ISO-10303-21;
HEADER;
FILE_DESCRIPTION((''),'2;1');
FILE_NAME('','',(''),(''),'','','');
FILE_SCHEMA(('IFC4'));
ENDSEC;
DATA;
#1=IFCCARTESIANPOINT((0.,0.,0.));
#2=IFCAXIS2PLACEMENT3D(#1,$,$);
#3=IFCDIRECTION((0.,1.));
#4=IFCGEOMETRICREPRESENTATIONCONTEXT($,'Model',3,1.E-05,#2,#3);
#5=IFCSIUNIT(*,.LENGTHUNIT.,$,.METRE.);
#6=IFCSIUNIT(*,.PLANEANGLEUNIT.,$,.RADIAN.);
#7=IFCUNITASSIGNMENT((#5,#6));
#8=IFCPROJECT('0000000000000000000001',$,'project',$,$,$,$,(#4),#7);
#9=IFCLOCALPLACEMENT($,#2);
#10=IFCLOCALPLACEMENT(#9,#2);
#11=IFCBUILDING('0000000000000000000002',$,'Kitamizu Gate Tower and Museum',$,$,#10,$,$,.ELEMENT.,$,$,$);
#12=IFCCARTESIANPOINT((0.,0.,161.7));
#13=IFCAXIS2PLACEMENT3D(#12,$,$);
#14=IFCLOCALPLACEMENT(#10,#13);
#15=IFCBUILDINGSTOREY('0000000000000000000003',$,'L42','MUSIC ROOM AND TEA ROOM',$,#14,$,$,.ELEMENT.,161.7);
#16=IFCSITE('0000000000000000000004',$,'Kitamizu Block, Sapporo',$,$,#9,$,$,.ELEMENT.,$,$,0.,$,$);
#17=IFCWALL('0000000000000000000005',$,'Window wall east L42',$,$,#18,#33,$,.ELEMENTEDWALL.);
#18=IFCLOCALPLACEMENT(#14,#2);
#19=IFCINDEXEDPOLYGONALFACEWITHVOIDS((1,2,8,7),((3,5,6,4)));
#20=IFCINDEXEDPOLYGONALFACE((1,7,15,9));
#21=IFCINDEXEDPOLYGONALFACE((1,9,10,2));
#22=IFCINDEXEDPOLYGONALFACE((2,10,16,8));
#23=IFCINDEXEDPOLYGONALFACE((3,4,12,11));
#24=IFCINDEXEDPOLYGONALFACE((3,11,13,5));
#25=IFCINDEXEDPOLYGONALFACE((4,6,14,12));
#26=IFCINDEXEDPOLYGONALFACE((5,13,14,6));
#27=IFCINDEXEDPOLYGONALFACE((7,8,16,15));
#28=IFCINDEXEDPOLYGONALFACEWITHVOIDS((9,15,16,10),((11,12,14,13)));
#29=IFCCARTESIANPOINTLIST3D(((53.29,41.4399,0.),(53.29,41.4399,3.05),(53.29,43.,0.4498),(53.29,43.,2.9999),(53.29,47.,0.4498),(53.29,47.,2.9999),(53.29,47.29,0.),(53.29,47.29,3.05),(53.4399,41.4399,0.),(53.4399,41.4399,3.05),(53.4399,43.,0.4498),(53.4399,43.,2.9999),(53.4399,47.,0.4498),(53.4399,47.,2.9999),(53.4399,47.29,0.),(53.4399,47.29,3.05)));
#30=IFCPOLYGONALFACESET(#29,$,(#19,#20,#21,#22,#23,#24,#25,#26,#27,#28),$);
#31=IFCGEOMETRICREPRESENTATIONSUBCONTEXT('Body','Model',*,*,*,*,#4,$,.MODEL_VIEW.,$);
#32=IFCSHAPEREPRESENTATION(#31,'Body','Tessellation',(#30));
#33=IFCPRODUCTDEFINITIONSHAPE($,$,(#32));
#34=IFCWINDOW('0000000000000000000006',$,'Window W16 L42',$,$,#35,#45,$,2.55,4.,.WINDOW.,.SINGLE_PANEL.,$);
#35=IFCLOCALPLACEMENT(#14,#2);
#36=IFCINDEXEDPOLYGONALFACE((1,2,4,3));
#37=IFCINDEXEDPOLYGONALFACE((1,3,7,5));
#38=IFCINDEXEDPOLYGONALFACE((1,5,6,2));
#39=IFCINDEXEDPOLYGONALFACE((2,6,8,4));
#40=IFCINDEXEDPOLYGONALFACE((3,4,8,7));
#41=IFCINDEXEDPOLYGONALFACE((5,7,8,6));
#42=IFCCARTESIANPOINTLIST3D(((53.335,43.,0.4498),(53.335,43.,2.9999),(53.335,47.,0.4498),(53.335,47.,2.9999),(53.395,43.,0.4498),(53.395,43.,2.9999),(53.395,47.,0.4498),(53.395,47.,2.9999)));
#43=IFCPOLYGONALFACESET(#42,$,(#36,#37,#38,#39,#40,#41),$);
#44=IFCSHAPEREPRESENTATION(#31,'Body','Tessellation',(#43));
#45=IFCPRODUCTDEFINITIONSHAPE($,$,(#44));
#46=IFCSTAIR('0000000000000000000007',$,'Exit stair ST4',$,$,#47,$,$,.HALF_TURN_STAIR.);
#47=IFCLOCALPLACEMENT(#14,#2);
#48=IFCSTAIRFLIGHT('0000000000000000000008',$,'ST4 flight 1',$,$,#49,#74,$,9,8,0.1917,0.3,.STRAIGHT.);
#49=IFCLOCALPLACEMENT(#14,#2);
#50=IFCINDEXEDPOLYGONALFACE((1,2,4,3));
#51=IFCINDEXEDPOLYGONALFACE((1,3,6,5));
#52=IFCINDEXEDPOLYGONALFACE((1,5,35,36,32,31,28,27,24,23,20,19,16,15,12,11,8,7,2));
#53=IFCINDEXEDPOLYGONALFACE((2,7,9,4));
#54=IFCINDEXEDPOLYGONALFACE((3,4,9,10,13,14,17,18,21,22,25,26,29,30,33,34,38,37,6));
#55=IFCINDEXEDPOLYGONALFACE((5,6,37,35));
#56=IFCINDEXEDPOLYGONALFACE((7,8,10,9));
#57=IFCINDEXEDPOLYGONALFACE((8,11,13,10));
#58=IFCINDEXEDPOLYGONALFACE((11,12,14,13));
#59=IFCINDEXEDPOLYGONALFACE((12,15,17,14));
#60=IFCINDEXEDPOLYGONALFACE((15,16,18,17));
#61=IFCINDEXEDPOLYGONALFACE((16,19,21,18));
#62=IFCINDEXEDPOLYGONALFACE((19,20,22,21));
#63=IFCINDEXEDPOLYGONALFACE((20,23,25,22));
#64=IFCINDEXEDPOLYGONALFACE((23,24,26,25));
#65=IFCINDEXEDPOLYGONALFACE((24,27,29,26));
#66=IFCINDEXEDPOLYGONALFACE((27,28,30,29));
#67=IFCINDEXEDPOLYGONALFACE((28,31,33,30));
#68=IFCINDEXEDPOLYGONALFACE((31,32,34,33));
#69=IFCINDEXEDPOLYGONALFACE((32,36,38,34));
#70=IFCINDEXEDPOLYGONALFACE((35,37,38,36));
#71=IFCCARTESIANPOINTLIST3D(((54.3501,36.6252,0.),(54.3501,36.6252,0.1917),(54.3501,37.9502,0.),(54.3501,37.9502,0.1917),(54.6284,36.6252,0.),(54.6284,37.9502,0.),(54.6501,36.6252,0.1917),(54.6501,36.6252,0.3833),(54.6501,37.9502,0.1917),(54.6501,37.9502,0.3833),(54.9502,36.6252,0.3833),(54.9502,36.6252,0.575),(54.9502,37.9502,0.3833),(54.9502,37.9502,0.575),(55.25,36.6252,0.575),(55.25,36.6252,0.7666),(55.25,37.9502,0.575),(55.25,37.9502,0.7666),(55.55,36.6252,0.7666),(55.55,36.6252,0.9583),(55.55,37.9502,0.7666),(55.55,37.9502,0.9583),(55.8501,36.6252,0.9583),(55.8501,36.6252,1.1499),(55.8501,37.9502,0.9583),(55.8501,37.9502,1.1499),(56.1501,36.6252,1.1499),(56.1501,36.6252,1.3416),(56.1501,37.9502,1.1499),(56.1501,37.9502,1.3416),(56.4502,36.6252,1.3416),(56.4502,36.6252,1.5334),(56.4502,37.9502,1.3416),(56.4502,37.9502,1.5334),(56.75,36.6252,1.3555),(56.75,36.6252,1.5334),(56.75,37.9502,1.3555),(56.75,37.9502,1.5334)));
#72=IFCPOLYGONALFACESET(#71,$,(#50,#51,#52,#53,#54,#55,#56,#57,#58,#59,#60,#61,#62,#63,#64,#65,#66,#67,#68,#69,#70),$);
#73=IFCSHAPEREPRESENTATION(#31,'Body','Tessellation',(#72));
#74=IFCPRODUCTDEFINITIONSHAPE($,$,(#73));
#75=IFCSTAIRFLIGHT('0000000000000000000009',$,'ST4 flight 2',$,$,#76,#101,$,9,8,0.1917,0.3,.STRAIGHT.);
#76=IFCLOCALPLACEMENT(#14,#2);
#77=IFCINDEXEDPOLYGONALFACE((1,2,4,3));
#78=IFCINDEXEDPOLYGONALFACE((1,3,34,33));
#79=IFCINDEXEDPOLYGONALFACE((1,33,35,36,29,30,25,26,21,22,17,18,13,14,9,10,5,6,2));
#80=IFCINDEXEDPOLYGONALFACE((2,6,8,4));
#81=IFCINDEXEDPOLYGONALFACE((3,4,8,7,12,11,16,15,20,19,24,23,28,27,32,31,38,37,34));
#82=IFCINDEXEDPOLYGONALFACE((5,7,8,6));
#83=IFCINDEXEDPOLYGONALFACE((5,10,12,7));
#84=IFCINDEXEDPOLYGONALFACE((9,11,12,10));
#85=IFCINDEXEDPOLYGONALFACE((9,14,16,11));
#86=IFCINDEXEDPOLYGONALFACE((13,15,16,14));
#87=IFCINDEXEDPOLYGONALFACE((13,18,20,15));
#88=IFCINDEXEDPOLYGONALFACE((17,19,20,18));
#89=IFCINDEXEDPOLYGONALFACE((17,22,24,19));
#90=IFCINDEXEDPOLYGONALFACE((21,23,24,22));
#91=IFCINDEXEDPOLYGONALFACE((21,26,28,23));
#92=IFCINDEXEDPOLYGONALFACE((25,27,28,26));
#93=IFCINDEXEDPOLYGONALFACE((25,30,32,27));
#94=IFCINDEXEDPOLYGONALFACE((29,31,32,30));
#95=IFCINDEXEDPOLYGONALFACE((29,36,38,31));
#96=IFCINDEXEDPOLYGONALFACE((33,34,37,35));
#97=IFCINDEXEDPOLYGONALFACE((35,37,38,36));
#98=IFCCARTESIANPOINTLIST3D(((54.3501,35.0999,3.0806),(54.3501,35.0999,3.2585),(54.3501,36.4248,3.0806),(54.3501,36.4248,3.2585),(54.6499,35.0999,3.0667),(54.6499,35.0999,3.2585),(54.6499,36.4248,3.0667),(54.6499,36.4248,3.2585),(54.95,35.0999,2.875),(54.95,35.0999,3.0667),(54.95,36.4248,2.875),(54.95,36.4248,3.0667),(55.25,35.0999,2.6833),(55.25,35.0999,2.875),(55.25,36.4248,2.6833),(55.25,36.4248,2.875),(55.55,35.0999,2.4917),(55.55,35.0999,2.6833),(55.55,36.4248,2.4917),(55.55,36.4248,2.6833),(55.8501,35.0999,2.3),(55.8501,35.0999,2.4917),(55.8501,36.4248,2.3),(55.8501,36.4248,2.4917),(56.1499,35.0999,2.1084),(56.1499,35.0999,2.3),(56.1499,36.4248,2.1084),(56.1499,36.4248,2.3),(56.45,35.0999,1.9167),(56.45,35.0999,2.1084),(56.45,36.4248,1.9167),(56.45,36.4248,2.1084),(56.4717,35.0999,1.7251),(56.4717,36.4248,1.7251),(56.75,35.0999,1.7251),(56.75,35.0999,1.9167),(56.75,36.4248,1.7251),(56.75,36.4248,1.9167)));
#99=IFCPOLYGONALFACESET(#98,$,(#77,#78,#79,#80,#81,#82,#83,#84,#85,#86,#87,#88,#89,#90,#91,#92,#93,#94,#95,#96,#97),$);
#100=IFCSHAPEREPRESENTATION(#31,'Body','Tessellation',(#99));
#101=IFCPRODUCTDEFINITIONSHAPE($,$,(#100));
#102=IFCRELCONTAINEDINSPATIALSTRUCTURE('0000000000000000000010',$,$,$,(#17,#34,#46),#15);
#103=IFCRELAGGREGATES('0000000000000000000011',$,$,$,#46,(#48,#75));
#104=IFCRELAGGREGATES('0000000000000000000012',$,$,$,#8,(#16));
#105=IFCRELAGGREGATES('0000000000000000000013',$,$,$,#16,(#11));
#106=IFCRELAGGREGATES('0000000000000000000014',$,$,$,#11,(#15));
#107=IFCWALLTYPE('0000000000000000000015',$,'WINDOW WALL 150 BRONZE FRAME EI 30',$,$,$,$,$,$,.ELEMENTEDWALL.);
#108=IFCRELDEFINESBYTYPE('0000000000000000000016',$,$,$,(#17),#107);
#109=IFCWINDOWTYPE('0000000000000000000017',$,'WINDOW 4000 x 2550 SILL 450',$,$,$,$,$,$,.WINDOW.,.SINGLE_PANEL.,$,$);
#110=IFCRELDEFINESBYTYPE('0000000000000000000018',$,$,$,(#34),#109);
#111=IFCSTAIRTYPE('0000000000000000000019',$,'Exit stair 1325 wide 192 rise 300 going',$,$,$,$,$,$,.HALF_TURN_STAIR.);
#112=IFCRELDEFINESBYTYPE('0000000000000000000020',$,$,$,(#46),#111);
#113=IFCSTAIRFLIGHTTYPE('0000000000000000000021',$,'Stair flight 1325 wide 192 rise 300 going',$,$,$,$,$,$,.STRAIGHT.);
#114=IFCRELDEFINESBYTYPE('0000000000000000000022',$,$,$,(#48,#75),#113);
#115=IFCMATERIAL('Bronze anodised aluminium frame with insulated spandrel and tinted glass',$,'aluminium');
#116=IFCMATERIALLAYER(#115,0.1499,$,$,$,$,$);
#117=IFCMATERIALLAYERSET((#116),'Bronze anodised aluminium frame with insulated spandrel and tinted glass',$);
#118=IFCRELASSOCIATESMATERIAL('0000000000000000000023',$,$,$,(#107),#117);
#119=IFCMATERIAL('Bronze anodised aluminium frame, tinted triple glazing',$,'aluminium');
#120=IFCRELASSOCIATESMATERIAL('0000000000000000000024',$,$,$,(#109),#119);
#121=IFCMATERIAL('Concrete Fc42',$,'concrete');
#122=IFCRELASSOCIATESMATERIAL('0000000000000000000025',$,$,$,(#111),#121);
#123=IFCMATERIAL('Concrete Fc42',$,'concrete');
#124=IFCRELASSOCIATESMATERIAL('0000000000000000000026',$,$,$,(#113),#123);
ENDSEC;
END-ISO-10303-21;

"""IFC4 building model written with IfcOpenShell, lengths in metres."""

from ifc_helpers import new_model, si_unit, direction, frame, frame_2d, origin, place, context, subcontext, project, spatial, polyline, rectangle, outline, extrude, material, layer, layer_set, type_object, element, fill, aggregate, save


model = new_model("IFC4")

# Units and contexts
model_context = context("Model", 3, precision=1e-05, world=origin(), true_north=direction((0.0, 1.0)))
body_context = subcontext(model_context, "Body", "Model", "MODEL_VIEW")
ifc_project = project(units=[si_unit("LENGTHUNIT", "METRE"), si_unit("PLANEANGLEUNIT", "RADIAN")], contexts=[model_context])

# Site, building, storey
site_placement = place(None, origin())
site = spatial("IfcSite", under=ifc_project, at=site_placement, Name="Kitamizu Block, Sapporo", CompositionType="ELEMENT", RefElevation=0.0)
building_placement = place(site_placement, origin())
building = spatial("IfcBuilding", under=site, at=building_placement, Name="Kitamizu Gate Tower and Museum", CompositionType="ELEMENT")
storey_placement = place(building_placement, frame((0.0, 0.0, 161.7)))
storey = spatial("IfcBuildingStorey", under=building, at=storey_placement, Name="L42", Description="MUSIC ROOM AND TEA ROOM", CompositionType="ELEMENT", Elevation=161.7)

# Shared definitions
ifc_material_1 = material(Name="Bronze anodised aluminium frame with insulated spandrel and tinted glass", Category="aluminium")
ifc_layer_1 = layer(ifc_material_1, 0.1499)
ifc_layer_set_1 = layer_set([ifc_layer_1], Name="Bronze anodised aluminium frame with insulated spandrel and tinted glass")
wall_type_1 = type_object("IfcWallType", Name="WINDOW WALL 150 BRONZE FRAME EI 30", PredefinedType="ELEMENTEDWALL", material=ifc_layer_set_1)

# Wall, opening, window
ifc_material_2 = material(Name="Bronze anodised aluminium frame, tinted triple glazing", Category="aluminium")
window_type = type_object("IfcWindowType", Name="WINDOW 4000 x 2550 SILL 450", PartitioningType="SINGLE_PANEL", PredefinedType="WINDOW", material=ifc_material_2)
wall_1_placement = place(storey_placement, frame((53.365, 41.4399, 0.0), z_axis=(0.0, 0.0, 1.0), x_axis=(0.0, 1.0, 0.0)))
wall_1 = element("IfcWall", 1, at=wall_1_placement, inside=storey, type_object=wall_type_1, Name="Window wall east L42", PredefinedType="ELEMENTEDWALL", context=body_context, shape_type="SweptSolid", body=[
    extrude(rectangle(XDim=5.8501, YDim=0.1499, at=frame_2d((2.925, 0.0))), origin(), (0.0, 0.0, 1.0), 3.05),
])
opening_1_placement = place(wall_1_placement, frame((1.5601, 0.0, 0.45)))
opening_1 = element("IfcOpeningElement", 2, at=opening_1_placement, cuts=wall_1, PredefinedType="OPENING", context=body_context, shape_type="SweptSolid", body=[
    extrude(rectangle(XDim=4.0, YDim=2.55, at=frame_2d((2.0, 1.2749))), frame((0.0, 0.085, 0.0), z_axis=(0.0, -1.0, 0.0), x_axis=(1.0, 0.0, 0.0)), (0.0, 0.0, 1.0), 0.1699),
])
window_1_placement = place(opening_1_placement, origin())
window_1 = element("IfcWindow", 3, at=window_1_placement, inside=storey, type_object=window_type, Name="Window W16 L42", OverallHeight=2.55, OverallWidth=4.0, PartitioningType="SINGLE_PANEL", PredefinedType="WINDOW", context=body_context, shape_type="SweptSolid", body=[
    extrude(rectangle(XDim=4.0, YDim=2.55, at=frame_2d((2.0, 1.2749))), frame((0.0, 0.03, 0.0), z_axis=(0.0, -1.0, 0.0), x_axis=(1.0, 0.0, 0.0)), (0.0, 0.0, 1.0), 0.0601),
])
fill(opening_1, window_1)

# Stair, stair flights
ifc_material_3 = material(Name="Concrete Fc42", Category="concrete")
stair_type = type_object("IfcStairType", Name="Exit stair 1325 wide 192 rise 300 going", PredefinedType="HALF_TURN_STAIR", material=ifc_material_3)
stair_placement = place(storey_placement, origin())
stair = element("IfcStair", 4, at=stair_placement, inside=storey, type_object=stair_type, Name="Exit stair ST4", PredefinedType="HALF_TURN_STAIR")
ifc_material_4 = material(Name="Concrete Fc42", Category="concrete")
stair_flight_type = type_object("IfcStairFlightType", Name="Stair flight 1325 wide 192 rise 300 going", PredefinedType="STRAIGHT", material=ifc_material_4)
stair_flight_1_placement = place(storey_placement, frame((54.3501, 37.2876, 0.0), z_axis=(0.0, 0.0, 1.0), x_axis=(1.0, 0.0, 0.0)))
stair_flight_1 = element("IfcStairFlight", 5, at=stair_flight_1_placement, type_object=stair_flight_type, Name="ST4 flight 1", NumberOfRisers=9, NumberOfTreads=8, PredefinedType="STRAIGHT", RiserHeight=0.1917, TreadLength=0.3, context=body_context, shape_type="SweptSolid", body=[
    extrude(outline(polyline([(0.0, 0.0), (0.0, 0.1917), (0.3, 0.1917), (0.3, 0.3833), (0.6001, 0.3833), (0.6001, 0.575), (0.8999, 0.575), (0.8999, 0.7666), (1.2, 0.7666), (1.2, 0.9583), (1.5, 0.9583), (1.5, 1.1499), (1.8, 1.1499), (1.8, 1.3416), (2.1001, 1.3416), (2.1001, 1.5334), (2.3999, 1.5334), (2.3999, 1.7251), (2.3999, 1.3555), (0.2783, 0.0), (0.0, 0.0)])), frame((0.0, 0.6626, 0.0), z_axis=(0.0, -1.0, 0.0), x_axis=(1.0, 0.0, 0.0)), (0.0, 0.0, 1.0), 1.325),
])
stair_flight_2_placement = place(storey_placement, frame((56.75, 35.7625, 1.7251), z_axis=(0.0, 0.0, 1.0), x_axis=(-1.0, 0.0, 0.0)))
stair_flight_2 = element("IfcStairFlight", 6, at=stair_flight_2_placement, type_object=stair_flight_type, Name="ST4 flight 2", NumberOfRisers=9, NumberOfTreads=8, PredefinedType="STRAIGHT", RiserHeight=0.1917, TreadLength=0.3, context=body_context, shape_type="SweptSolid", body=[
    extrude(outline(polyline([(0.0, 0.0), (0.0, 0.1917), (0.3, 0.1917), (0.3, 0.3833), (0.6001, 0.3833), (0.6001, 0.575), (0.8999, 0.575), (0.8999, 0.7666), (1.2, 0.7666), (1.2, 0.9583), (1.5, 0.9583), (1.5, 1.1499), (1.8, 1.1499), (1.8, 1.3416), (2.1001, 1.3416), (2.1001, 1.5334), (2.3999, 1.5334), (2.3999, 1.7251), (2.3999, 1.3555), (0.2783, 0.0), (0.0, 0.0)])), frame((0.0, 0.6626, 0.0), z_axis=(0.0, -1.0, 0.0), x_axis=(1.0, 0.0, 0.0)), (0.0, 0.0, 1.0), 1.325),
])
aggregate(stair, [stair_flight_1, stair_flight_2])

save(model, "model.ifc")
